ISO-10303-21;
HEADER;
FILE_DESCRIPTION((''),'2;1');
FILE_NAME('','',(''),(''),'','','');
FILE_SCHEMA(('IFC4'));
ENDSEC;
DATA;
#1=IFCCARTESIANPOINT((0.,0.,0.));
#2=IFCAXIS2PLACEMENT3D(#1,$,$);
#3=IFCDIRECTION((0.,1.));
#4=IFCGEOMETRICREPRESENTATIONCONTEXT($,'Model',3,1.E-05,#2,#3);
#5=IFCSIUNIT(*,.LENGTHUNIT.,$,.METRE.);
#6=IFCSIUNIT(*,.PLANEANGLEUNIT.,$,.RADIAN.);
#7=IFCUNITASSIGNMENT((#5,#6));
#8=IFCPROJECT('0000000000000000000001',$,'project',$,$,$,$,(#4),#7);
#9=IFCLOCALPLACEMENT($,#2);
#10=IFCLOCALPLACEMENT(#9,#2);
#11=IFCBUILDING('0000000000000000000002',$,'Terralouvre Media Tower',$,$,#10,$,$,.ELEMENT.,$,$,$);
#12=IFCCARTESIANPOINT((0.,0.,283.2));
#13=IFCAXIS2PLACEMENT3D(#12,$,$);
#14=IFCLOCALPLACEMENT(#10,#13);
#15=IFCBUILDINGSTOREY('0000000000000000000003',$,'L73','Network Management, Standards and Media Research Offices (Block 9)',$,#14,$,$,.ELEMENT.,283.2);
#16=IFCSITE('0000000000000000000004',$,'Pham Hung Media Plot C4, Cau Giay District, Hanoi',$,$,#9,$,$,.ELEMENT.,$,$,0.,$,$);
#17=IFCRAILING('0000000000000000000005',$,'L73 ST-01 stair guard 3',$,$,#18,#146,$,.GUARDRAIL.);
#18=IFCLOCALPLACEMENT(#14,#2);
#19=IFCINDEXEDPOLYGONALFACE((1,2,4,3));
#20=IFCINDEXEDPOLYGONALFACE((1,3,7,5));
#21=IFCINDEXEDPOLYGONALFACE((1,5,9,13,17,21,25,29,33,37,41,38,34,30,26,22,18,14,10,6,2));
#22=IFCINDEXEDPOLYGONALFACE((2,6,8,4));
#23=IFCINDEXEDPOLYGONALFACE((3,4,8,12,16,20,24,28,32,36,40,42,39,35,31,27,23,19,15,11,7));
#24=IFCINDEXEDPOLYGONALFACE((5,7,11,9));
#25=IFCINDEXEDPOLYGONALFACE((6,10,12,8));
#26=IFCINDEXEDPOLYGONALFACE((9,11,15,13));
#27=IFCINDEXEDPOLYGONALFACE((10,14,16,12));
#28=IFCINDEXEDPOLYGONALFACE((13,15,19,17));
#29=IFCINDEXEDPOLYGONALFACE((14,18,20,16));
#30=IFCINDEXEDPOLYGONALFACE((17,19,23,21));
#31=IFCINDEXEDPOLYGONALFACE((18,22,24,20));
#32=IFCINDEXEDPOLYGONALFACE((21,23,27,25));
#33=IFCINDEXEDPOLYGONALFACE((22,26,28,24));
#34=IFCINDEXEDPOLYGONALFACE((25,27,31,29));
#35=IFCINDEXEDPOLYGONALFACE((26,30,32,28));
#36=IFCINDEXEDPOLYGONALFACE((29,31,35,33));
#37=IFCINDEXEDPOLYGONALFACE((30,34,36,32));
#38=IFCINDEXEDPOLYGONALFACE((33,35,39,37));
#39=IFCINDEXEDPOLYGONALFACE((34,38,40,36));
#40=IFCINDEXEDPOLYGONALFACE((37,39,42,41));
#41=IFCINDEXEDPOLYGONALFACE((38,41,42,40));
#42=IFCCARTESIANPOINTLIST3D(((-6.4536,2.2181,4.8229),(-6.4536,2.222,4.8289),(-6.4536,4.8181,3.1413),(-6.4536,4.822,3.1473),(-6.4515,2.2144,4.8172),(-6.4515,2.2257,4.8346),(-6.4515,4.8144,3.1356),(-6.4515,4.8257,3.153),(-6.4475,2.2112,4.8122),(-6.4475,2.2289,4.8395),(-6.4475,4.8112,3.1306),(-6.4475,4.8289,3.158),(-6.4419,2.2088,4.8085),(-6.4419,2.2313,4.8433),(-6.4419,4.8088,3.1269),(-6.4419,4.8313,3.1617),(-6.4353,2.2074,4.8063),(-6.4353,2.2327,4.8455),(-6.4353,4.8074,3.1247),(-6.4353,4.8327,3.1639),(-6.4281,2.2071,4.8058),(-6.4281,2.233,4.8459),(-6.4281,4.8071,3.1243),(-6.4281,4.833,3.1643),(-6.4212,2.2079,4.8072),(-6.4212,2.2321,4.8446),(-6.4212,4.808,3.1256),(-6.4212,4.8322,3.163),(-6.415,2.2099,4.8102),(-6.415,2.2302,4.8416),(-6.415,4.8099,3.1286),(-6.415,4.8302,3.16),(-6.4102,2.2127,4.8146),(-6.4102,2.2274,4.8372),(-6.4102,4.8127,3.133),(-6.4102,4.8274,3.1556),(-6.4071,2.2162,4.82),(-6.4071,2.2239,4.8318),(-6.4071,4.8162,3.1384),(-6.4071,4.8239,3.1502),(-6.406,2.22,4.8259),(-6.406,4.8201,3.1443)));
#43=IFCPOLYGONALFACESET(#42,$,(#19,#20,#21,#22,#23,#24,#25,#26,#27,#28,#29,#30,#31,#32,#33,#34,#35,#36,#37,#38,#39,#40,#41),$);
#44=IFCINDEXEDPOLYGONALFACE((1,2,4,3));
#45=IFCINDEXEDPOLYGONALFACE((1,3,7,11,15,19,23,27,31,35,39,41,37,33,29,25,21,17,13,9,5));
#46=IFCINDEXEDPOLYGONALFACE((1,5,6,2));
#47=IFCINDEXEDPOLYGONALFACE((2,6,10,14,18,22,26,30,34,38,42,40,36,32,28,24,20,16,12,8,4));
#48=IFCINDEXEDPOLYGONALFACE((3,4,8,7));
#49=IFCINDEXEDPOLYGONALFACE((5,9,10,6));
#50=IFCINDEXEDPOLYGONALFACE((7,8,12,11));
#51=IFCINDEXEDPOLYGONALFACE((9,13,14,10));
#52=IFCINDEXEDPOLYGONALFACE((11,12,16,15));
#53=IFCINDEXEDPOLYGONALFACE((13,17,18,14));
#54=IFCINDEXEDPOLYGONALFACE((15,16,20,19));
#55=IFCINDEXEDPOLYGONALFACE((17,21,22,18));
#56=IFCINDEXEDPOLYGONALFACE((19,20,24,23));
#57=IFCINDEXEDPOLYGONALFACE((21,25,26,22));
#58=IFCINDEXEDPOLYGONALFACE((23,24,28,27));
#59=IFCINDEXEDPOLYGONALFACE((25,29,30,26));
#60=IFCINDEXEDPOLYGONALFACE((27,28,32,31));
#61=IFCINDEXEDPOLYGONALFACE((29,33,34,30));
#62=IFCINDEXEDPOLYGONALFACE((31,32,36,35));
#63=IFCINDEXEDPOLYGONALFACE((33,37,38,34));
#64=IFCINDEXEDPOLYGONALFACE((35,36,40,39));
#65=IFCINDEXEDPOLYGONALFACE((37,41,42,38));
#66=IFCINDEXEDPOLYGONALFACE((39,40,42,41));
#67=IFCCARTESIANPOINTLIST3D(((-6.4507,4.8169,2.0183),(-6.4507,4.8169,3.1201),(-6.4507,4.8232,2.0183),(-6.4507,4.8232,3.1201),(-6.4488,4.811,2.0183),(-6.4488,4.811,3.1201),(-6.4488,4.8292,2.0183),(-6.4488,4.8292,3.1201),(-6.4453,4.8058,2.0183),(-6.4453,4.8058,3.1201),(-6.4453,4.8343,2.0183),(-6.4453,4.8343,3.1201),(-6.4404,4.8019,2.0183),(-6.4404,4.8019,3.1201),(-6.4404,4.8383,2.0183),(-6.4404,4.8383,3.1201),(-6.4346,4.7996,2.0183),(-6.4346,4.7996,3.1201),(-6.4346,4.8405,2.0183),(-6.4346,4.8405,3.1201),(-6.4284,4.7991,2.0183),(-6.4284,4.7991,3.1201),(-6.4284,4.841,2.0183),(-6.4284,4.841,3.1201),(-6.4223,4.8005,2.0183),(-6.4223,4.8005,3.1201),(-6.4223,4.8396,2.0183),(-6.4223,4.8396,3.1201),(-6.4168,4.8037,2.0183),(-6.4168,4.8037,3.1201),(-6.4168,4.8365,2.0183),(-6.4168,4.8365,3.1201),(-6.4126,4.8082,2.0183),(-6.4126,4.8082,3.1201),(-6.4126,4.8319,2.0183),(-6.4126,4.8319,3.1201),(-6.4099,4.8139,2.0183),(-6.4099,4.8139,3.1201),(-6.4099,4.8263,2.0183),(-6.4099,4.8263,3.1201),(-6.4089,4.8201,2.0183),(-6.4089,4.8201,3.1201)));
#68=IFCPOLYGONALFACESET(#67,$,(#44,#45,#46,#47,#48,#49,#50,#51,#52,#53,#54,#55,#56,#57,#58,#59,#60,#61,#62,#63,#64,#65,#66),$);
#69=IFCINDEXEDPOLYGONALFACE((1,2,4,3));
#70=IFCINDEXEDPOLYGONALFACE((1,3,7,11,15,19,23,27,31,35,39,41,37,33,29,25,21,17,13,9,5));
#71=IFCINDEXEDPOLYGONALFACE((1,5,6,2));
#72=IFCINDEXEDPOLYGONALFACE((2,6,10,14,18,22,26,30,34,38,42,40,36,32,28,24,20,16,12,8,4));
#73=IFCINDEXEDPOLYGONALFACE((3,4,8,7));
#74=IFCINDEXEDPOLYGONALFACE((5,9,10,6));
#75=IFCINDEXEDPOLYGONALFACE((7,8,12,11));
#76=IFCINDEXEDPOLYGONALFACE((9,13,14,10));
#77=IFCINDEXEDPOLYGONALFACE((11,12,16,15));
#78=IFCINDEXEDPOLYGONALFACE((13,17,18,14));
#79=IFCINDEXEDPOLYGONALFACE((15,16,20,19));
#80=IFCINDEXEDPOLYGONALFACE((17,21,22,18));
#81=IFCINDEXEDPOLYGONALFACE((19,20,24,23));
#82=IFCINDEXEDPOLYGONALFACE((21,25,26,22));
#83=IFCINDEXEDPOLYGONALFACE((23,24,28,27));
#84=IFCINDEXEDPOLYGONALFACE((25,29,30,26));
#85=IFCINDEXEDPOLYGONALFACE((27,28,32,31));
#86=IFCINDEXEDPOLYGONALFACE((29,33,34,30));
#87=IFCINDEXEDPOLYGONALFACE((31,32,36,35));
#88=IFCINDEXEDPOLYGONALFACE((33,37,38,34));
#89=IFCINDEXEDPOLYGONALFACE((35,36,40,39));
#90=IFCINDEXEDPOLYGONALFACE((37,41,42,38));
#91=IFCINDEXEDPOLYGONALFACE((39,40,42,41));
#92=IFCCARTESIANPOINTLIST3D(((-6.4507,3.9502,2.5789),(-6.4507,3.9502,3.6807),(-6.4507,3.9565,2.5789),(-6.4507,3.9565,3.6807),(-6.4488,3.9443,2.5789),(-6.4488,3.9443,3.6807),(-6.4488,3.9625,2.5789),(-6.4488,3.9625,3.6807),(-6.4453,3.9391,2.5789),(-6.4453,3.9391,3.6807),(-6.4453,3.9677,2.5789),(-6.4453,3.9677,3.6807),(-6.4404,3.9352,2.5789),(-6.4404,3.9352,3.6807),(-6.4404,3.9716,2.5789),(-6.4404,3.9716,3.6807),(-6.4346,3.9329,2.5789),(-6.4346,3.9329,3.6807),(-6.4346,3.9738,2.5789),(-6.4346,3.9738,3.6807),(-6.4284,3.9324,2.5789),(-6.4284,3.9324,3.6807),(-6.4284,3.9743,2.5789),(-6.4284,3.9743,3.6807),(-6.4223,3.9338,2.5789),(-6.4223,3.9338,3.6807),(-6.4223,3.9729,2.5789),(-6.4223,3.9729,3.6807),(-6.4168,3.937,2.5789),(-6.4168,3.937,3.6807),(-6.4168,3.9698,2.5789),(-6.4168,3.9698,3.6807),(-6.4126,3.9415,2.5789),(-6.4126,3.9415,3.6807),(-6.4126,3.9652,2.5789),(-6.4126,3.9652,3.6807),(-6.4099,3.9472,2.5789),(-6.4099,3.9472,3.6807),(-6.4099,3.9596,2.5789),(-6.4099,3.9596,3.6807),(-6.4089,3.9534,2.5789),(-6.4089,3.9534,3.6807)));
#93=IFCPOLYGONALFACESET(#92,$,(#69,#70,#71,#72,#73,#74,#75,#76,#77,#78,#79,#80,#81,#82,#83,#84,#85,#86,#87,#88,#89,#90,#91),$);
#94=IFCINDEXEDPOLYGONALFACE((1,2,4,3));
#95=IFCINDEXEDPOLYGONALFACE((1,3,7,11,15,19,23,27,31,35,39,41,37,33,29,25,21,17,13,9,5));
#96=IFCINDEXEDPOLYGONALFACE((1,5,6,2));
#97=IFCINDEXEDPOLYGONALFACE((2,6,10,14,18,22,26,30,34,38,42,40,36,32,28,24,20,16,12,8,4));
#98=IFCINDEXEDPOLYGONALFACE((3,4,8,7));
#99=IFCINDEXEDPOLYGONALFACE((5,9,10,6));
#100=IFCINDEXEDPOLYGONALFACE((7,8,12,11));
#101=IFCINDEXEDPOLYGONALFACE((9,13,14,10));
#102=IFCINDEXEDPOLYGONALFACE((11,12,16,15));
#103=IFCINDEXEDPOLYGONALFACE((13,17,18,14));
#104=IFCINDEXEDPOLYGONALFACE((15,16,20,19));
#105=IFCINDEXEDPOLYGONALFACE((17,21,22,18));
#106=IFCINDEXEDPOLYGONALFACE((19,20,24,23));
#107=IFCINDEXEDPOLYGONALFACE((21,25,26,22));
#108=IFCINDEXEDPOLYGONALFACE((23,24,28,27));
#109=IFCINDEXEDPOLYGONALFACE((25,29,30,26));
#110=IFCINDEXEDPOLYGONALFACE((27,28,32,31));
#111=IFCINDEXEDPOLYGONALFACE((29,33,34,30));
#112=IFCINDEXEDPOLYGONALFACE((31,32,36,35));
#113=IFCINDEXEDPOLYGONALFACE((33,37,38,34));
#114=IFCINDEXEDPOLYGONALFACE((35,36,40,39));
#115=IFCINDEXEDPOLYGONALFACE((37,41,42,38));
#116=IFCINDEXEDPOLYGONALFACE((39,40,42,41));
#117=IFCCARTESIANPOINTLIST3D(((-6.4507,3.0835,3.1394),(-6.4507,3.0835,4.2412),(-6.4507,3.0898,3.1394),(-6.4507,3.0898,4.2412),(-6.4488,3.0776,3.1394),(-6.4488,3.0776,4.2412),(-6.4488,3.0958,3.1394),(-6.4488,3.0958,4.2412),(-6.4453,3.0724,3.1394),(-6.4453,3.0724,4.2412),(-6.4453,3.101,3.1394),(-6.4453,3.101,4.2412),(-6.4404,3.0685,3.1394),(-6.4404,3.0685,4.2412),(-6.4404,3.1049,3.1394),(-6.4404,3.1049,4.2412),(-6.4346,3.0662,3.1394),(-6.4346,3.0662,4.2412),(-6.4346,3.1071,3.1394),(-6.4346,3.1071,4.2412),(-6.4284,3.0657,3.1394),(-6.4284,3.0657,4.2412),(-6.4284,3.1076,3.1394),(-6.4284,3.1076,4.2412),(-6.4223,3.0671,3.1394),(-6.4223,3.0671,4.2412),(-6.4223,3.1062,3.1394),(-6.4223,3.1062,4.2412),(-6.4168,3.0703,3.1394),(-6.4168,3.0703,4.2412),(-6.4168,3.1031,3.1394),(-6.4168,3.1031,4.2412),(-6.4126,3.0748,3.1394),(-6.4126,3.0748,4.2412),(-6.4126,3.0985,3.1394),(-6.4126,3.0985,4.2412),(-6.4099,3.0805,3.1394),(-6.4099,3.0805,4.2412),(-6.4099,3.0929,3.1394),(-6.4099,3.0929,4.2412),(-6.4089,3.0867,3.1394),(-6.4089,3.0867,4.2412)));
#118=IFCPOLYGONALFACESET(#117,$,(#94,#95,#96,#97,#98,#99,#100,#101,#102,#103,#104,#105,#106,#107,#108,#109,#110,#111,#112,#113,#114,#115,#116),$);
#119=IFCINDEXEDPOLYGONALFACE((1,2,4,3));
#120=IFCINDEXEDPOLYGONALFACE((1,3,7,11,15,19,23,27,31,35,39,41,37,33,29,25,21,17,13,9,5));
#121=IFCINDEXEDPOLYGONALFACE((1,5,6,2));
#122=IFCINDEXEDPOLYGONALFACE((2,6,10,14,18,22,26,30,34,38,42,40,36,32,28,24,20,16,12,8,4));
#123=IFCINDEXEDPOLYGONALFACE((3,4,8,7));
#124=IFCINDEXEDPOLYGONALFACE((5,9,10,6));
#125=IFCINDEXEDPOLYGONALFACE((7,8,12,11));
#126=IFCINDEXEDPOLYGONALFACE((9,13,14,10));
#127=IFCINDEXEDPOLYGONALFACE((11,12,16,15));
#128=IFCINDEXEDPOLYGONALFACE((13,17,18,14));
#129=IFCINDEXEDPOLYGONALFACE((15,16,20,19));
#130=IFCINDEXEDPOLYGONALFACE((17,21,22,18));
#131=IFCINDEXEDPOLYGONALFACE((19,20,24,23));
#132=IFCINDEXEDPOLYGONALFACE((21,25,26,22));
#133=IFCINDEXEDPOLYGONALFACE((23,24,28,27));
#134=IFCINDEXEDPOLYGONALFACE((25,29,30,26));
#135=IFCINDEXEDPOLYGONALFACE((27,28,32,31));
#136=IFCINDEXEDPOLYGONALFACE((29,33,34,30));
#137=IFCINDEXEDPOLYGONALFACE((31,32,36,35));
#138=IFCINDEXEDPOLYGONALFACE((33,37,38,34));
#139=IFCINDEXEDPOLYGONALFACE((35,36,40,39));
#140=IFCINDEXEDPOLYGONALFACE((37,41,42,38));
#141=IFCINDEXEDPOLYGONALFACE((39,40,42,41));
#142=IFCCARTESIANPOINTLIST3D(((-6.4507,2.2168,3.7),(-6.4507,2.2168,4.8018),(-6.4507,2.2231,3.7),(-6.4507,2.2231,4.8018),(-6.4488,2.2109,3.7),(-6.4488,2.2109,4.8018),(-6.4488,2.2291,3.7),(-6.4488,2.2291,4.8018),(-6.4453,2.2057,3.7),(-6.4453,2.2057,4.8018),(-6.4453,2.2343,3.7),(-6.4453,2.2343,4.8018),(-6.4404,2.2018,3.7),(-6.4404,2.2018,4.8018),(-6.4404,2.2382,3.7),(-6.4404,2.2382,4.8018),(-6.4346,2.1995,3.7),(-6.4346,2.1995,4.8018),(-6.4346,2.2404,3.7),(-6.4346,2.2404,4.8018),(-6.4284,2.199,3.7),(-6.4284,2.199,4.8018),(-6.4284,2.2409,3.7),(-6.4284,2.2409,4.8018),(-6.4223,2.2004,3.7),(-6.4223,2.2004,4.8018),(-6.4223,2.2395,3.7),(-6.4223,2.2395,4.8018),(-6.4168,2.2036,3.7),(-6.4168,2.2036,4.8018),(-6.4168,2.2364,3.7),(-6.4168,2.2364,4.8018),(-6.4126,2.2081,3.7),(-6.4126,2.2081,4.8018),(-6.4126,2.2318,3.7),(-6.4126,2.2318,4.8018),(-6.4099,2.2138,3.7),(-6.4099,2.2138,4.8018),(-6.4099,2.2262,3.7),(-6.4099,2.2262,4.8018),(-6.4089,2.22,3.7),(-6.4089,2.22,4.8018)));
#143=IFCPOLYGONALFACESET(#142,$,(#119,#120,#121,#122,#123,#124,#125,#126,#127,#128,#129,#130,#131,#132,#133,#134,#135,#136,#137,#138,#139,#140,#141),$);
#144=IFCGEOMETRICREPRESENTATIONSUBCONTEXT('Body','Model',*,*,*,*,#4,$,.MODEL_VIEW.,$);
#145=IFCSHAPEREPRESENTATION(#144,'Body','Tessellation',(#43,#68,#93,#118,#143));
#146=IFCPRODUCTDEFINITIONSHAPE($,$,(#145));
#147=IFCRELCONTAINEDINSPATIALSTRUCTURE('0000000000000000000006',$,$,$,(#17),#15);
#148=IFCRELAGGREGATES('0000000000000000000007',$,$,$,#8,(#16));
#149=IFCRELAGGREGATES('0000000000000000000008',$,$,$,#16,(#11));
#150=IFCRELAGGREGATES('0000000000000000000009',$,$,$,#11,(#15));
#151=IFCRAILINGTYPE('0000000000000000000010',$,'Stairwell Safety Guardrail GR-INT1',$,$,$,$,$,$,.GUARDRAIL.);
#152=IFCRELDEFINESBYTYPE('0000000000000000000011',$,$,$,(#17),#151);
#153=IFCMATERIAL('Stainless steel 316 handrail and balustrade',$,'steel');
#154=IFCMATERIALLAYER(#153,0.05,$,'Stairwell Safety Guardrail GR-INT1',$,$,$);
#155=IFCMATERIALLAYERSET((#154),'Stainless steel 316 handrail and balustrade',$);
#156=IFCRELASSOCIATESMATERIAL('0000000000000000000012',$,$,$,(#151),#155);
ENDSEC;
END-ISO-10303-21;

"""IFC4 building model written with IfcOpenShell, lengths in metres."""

from ifc_helpers import new_model, si_unit, direction, frame, origin, origin_2d, place, context, subcontext, project, spatial, circle, extrude, material, layer, layer_set, type_object, element, save


model = new_model("IFC4")

# Units and contexts
model_context = context("Model", 3, precision=1e-05, world=origin(), true_north=direction((0.0, 1.0)))
body_context = subcontext(model_context, "Body", "Model", "MODEL_VIEW")
ifc_project = project(units=[si_unit("LENGTHUNIT", "METRE"), si_unit("PLANEANGLEUNIT", "RADIAN")], contexts=[model_context])

# Site, building, storey
site_placement = place(None, origin())
site = spatial("IfcSite", under=ifc_project, at=site_placement, Name="Pham Hung Media Plot C4, Cau Giay District, Hanoi", CompositionType="ELEMENT", RefElevation=0.0)
building_placement = place(site_placement, origin())
building = spatial("IfcBuilding", under=site, at=building_placement, Name="Terralouvre Media Tower", CompositionType="ELEMENT")
storey_placement = place(building_placement, frame((0.0, 0.0, 283.2)))
storey = spatial("IfcBuildingStorey", under=building, at=storey_placement, Name="L73", Description="Network Management, Standards and Media Research Offices (Block 9)", CompositionType="ELEMENT", Elevation=283.2)

# Railing
ifc_material_1 = material(Name="Stainless steel 316 handrail and balustrade", Category="steel")
ifc_layer_1 = layer(ifc_material_1, 0.05, Name="Stairwell Safety Guardrail GR-INT1")
ifc_layer_set_1 = layer_set([ifc_layer_1], Name="Stainless steel 316 handrail and balustrade")
railing_type_1 = type_object("IfcRailingType", Name="Stairwell Safety Guardrail GR-INT1", PredefinedType="GUARDRAIL", material=ifc_layer_set_1)
railing_1_placement = place(storey_placement, frame((-6.4299, 4.8201, 2.0183)))
element("IfcRailing", 1, at=railing_1_placement, inside=storey, type_object=railing_type_1, Name="L73 ST-01 stair guard 3", PredefinedType="GUARDRAIL", context=body_context, shape_type="SweptSolid", body=[
    extrude(circle(Radius=0.0239, at=origin_2d()), frame((0.0, 0.0, 1.126), z_axis=(0.0, -0.839684, 0.543075), x_axis=(1.0, 0.0, 0.0)), (0.0, 0.0, 1.0), 3.0964),
    extrude(circle(Radius=0.021, at=origin_2d()), origin(), (0.0, 0.0, 1.0), 1.1018),
    extrude(circle(Radius=0.021, at=origin_2d()), frame((0.0, -0.8667, 0.5605)), (0.0, 0.0, 1.0), 1.1018),
    extrude(circle(Radius=0.021, at=origin_2d()), frame((0.0, -1.7334, 1.1211)), (0.0, 0.0, 1.0), 1.1018),
    extrude(circle(Radius=0.021, at=origin_2d()), frame((0.0, -2.6001, 1.6816)), (0.0, 0.0, 1.0), 1.1018),
])

save(model, "model.ifc")
